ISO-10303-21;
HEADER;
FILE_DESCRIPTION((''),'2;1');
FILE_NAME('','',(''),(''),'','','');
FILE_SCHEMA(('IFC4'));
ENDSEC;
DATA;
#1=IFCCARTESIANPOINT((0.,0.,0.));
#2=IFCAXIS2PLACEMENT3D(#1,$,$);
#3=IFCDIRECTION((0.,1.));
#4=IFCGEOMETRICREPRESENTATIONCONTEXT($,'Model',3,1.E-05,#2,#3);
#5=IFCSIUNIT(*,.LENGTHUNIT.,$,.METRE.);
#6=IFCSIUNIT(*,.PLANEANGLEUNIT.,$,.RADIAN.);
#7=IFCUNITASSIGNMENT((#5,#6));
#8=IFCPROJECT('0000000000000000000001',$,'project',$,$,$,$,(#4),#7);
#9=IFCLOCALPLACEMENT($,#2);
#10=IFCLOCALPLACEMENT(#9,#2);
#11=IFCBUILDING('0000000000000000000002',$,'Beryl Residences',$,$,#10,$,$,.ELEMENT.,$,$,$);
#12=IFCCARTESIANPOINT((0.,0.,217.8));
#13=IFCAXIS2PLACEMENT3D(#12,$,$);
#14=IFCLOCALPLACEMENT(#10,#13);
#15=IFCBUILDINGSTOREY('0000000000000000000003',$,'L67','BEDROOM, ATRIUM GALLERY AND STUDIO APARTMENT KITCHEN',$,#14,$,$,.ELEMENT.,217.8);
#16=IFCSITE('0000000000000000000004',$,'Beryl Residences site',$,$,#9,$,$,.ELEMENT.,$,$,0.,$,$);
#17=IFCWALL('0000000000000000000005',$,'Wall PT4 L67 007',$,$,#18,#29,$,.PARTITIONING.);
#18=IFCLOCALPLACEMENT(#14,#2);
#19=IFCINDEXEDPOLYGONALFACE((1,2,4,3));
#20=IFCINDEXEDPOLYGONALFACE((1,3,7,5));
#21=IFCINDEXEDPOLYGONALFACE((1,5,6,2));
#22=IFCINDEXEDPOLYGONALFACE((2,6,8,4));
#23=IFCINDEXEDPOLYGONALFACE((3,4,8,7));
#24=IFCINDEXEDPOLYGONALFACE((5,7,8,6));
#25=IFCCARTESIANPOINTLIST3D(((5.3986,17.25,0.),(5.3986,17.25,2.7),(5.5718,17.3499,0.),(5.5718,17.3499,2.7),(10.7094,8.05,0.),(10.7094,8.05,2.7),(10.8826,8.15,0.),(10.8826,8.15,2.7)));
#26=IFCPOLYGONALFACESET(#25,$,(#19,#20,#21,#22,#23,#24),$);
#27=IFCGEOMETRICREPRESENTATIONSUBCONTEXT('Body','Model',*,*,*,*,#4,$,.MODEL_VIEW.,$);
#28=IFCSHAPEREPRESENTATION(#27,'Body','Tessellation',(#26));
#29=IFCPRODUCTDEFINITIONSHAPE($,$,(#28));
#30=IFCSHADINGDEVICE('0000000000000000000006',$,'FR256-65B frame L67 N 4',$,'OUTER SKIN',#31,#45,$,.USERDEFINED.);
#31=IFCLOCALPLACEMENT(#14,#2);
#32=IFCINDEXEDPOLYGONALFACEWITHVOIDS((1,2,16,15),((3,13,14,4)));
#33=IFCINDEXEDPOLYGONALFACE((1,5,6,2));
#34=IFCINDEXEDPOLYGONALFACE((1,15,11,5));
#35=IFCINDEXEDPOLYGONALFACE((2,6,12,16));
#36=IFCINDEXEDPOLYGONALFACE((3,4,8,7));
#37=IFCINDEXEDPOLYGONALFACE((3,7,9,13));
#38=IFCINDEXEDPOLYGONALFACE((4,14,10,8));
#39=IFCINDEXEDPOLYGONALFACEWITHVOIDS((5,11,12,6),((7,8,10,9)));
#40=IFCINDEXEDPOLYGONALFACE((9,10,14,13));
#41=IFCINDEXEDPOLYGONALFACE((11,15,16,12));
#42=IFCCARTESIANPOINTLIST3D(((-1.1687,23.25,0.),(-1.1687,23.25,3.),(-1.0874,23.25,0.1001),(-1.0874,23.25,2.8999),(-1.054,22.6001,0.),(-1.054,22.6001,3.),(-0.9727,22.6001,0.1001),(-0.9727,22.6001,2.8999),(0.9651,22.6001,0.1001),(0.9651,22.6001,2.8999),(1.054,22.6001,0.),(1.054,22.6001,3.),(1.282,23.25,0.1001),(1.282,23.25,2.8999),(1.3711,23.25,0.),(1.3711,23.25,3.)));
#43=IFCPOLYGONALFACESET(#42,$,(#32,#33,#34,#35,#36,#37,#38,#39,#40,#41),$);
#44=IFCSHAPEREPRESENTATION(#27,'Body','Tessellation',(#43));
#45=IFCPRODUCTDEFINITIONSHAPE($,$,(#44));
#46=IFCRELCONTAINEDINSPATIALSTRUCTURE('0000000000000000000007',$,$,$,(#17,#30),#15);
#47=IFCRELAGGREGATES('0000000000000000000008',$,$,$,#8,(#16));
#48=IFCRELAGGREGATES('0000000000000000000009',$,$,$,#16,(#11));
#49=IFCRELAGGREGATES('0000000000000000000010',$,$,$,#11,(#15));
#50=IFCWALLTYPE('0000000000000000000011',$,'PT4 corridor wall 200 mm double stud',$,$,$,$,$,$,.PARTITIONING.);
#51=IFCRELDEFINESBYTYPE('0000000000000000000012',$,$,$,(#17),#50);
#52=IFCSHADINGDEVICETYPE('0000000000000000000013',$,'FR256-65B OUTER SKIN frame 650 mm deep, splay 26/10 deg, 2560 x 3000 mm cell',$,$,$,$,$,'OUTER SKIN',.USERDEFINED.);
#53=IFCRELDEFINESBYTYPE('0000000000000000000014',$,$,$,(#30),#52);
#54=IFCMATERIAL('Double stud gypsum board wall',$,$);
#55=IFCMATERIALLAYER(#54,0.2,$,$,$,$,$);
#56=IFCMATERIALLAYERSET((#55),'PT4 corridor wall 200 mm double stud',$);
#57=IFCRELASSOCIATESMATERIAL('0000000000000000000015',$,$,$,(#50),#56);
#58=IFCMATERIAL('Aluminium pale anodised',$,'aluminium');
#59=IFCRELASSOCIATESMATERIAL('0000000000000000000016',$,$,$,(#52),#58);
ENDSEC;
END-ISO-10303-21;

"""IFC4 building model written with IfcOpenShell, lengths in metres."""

from ifc_helpers import new_model, entity, si_unit, direction, frame, frame_2d, origin, place, context, subcontext, project, spatial, rectangle, extrude, source, transform, mapped, material, layer, layer_set, type_object, type_shapes, element, save


model = new_model("IFC4")

# Units and contexts
model_context = context("Model", 3, precision=1e-05, world=origin(), true_north=direction((0.0, 1.0)))
body_context = subcontext(model_context, "Body", "Model", "MODEL_VIEW")
ifc_project = project(units=[si_unit("LENGTHUNIT", "METRE"), si_unit("PLANEANGLEUNIT", "RADIAN")], contexts=[model_context])

# Site, building, storey
site_placement = place(None, origin())
site = spatial("IfcSite", under=ifc_project, at=site_placement, Name="Beryl Residences site", CompositionType="ELEMENT", RefElevation=0.0)
building_placement = place(site_placement, origin())
building = spatial("IfcBuilding", under=site, at=building_placement, Name="Beryl Residences", CompositionType="ELEMENT")
storey_placement = place(building_placement, frame((0.0, 0.0, 217.8)))
storey = spatial("IfcBuildingStorey", under=building, at=storey_placement, Name="L67", Description="BEDROOM, ATRIUM GALLERY AND STUDIO APARTMENT KITCHEN", CompositionType="ELEMENT", Elevation=217.8)

# Wall
ifc_material_1 = material(Name="Double stud gypsum board wall")
ifc_layer_1 = layer(ifc_material_1, 0.2)
ifc_layer_set_1 = layer_set([ifc_layer_1], Name="PT4 corridor wall 200 mm double stud")
wall_type_1 = type_object("IfcWallType", Name="PT4 corridor wall 200 mm double stud", PredefinedType="PARTITIONING", material=ifc_layer_set_1)
wall_1_placement = place(storey_placement, frame((5.4851, 17.3, 0.0), z_axis=(0.0, 0.0, 1.0), x_axis=(0.499943, -0.866058, 0.0)))
element("IfcWall", 1, at=wall_1_placement, inside=storey, type_object=wall_type_1, Name="Wall PT4 L67 007", PredefinedType="PARTITIONING", context=body_context, shape_type="SweptSolid", body=[
    extrude(rectangle(XDim=10.6228, YDim=0.2, at=frame_2d((5.3115, 0.0))), origin(), (0.0, 0.0, 1.0), 2.7),
])

# Shading device
ifc_material_2 = material(Name="Aluminium pale anodised", Category="aluminium")
shading_device_type_1 = type_object("IfcShadingDeviceType", Name="FR256-65B OUTER SKIN frame 650 mm deep, splay 26/10 deg, 2560 x 3000 mm cell", ElementType="OUTER SKIN", PredefinedType="USERDEFINED", material=ifc_material_2)
cartesian_point_1 = entity("IfcCartesianPoint", [-1.054, 0.0])
cartesian_point_2 = entity("IfcCartesianPoint", [-0.9651, 0.1001])
cartesian_point_3 = entity("IfcCartesianPoint", [-1.3711, 0.0])
cartesian_point_4 = entity("IfcCartesianPoint", [-1.282, 0.1001])
shared_shape_1 = source(origin(), body_context, "Body", "SweptSolid", [
    entity("IfcExtrudedAreaSolidTapered", entity("IfcArbitraryProfileDefWithVoids", "AREA", None, entity("IfcPolyline", [cartesian_point_1, entity("IfcCartesianPoint", [1.054, 0.0]), entity("IfcCartesianPoint", [1.054, 3.0]), entity("IfcCartesianPoint", [-1.054, 3.0]), cartesian_point_1]), [entity("IfcPolyline", [cartesian_point_2, entity("IfcCartesianPoint", [0.9727, 0.1001]), entity("IfcCartesianPoint", [0.9727, 2.8999]), entity("IfcCartesianPoint", [-0.9651, 2.8999]), cartesian_point_2])]), entity("IfcAxis2Placement3D", entity("IfcCartesianPoint", [0.0, 0.0, 0.0]), entity("IfcDirection", [0.0, 1.0, 0.0]), entity("IfcDirection", [-1.0, 0.0, 0.0])), entity("IfcDirection", [0.0, 0.0, 1.0]), 0.6499, entity("IfcArbitraryProfileDefWithVoids", "AREA", None, entity("IfcPolyline", [cartesian_point_3, entity("IfcCartesianPoint", [1.1687, 0.0]), entity("IfcCartesianPoint", [1.1687, 3.0]), entity("IfcCartesianPoint", [-1.3711, 3.0]), cartesian_point_3]), [entity("IfcPolyline", [cartesian_point_4, entity("IfcCartesianPoint", [1.0874, 0.1001]), entity("IfcCartesianPoint", [1.0874, 2.8999]), entity("IfcCartesianPoint", [-1.282, 2.8999]), cartesian_point_4])])),
])
type_shapes(shading_device_type_1, [shared_shape_1])
for number, where, z_axis, x_axis, name in (
    (2, (0.0, 22.6001, 0.0), (0.0, 0.0, 1.0), (1.0, 0.0, 0.0), "FR256-65B frame L67 N 4"),
):
    element("IfcShadingDevice", number, at=place(storey_placement, frame(where, z_axis=z_axis, x_axis=x_axis)), inside=storey, type_object=shading_device_type_1, Name=name, ObjectType="OUTER SKIN", PredefinedType="USERDEFINED", context=body_context, shape_type="MappedRepresentation", body=[
        mapped(shared_shape_1, transform((0.0, 0.0, 0.0))),
    ])

save(model, "model.ifc")
